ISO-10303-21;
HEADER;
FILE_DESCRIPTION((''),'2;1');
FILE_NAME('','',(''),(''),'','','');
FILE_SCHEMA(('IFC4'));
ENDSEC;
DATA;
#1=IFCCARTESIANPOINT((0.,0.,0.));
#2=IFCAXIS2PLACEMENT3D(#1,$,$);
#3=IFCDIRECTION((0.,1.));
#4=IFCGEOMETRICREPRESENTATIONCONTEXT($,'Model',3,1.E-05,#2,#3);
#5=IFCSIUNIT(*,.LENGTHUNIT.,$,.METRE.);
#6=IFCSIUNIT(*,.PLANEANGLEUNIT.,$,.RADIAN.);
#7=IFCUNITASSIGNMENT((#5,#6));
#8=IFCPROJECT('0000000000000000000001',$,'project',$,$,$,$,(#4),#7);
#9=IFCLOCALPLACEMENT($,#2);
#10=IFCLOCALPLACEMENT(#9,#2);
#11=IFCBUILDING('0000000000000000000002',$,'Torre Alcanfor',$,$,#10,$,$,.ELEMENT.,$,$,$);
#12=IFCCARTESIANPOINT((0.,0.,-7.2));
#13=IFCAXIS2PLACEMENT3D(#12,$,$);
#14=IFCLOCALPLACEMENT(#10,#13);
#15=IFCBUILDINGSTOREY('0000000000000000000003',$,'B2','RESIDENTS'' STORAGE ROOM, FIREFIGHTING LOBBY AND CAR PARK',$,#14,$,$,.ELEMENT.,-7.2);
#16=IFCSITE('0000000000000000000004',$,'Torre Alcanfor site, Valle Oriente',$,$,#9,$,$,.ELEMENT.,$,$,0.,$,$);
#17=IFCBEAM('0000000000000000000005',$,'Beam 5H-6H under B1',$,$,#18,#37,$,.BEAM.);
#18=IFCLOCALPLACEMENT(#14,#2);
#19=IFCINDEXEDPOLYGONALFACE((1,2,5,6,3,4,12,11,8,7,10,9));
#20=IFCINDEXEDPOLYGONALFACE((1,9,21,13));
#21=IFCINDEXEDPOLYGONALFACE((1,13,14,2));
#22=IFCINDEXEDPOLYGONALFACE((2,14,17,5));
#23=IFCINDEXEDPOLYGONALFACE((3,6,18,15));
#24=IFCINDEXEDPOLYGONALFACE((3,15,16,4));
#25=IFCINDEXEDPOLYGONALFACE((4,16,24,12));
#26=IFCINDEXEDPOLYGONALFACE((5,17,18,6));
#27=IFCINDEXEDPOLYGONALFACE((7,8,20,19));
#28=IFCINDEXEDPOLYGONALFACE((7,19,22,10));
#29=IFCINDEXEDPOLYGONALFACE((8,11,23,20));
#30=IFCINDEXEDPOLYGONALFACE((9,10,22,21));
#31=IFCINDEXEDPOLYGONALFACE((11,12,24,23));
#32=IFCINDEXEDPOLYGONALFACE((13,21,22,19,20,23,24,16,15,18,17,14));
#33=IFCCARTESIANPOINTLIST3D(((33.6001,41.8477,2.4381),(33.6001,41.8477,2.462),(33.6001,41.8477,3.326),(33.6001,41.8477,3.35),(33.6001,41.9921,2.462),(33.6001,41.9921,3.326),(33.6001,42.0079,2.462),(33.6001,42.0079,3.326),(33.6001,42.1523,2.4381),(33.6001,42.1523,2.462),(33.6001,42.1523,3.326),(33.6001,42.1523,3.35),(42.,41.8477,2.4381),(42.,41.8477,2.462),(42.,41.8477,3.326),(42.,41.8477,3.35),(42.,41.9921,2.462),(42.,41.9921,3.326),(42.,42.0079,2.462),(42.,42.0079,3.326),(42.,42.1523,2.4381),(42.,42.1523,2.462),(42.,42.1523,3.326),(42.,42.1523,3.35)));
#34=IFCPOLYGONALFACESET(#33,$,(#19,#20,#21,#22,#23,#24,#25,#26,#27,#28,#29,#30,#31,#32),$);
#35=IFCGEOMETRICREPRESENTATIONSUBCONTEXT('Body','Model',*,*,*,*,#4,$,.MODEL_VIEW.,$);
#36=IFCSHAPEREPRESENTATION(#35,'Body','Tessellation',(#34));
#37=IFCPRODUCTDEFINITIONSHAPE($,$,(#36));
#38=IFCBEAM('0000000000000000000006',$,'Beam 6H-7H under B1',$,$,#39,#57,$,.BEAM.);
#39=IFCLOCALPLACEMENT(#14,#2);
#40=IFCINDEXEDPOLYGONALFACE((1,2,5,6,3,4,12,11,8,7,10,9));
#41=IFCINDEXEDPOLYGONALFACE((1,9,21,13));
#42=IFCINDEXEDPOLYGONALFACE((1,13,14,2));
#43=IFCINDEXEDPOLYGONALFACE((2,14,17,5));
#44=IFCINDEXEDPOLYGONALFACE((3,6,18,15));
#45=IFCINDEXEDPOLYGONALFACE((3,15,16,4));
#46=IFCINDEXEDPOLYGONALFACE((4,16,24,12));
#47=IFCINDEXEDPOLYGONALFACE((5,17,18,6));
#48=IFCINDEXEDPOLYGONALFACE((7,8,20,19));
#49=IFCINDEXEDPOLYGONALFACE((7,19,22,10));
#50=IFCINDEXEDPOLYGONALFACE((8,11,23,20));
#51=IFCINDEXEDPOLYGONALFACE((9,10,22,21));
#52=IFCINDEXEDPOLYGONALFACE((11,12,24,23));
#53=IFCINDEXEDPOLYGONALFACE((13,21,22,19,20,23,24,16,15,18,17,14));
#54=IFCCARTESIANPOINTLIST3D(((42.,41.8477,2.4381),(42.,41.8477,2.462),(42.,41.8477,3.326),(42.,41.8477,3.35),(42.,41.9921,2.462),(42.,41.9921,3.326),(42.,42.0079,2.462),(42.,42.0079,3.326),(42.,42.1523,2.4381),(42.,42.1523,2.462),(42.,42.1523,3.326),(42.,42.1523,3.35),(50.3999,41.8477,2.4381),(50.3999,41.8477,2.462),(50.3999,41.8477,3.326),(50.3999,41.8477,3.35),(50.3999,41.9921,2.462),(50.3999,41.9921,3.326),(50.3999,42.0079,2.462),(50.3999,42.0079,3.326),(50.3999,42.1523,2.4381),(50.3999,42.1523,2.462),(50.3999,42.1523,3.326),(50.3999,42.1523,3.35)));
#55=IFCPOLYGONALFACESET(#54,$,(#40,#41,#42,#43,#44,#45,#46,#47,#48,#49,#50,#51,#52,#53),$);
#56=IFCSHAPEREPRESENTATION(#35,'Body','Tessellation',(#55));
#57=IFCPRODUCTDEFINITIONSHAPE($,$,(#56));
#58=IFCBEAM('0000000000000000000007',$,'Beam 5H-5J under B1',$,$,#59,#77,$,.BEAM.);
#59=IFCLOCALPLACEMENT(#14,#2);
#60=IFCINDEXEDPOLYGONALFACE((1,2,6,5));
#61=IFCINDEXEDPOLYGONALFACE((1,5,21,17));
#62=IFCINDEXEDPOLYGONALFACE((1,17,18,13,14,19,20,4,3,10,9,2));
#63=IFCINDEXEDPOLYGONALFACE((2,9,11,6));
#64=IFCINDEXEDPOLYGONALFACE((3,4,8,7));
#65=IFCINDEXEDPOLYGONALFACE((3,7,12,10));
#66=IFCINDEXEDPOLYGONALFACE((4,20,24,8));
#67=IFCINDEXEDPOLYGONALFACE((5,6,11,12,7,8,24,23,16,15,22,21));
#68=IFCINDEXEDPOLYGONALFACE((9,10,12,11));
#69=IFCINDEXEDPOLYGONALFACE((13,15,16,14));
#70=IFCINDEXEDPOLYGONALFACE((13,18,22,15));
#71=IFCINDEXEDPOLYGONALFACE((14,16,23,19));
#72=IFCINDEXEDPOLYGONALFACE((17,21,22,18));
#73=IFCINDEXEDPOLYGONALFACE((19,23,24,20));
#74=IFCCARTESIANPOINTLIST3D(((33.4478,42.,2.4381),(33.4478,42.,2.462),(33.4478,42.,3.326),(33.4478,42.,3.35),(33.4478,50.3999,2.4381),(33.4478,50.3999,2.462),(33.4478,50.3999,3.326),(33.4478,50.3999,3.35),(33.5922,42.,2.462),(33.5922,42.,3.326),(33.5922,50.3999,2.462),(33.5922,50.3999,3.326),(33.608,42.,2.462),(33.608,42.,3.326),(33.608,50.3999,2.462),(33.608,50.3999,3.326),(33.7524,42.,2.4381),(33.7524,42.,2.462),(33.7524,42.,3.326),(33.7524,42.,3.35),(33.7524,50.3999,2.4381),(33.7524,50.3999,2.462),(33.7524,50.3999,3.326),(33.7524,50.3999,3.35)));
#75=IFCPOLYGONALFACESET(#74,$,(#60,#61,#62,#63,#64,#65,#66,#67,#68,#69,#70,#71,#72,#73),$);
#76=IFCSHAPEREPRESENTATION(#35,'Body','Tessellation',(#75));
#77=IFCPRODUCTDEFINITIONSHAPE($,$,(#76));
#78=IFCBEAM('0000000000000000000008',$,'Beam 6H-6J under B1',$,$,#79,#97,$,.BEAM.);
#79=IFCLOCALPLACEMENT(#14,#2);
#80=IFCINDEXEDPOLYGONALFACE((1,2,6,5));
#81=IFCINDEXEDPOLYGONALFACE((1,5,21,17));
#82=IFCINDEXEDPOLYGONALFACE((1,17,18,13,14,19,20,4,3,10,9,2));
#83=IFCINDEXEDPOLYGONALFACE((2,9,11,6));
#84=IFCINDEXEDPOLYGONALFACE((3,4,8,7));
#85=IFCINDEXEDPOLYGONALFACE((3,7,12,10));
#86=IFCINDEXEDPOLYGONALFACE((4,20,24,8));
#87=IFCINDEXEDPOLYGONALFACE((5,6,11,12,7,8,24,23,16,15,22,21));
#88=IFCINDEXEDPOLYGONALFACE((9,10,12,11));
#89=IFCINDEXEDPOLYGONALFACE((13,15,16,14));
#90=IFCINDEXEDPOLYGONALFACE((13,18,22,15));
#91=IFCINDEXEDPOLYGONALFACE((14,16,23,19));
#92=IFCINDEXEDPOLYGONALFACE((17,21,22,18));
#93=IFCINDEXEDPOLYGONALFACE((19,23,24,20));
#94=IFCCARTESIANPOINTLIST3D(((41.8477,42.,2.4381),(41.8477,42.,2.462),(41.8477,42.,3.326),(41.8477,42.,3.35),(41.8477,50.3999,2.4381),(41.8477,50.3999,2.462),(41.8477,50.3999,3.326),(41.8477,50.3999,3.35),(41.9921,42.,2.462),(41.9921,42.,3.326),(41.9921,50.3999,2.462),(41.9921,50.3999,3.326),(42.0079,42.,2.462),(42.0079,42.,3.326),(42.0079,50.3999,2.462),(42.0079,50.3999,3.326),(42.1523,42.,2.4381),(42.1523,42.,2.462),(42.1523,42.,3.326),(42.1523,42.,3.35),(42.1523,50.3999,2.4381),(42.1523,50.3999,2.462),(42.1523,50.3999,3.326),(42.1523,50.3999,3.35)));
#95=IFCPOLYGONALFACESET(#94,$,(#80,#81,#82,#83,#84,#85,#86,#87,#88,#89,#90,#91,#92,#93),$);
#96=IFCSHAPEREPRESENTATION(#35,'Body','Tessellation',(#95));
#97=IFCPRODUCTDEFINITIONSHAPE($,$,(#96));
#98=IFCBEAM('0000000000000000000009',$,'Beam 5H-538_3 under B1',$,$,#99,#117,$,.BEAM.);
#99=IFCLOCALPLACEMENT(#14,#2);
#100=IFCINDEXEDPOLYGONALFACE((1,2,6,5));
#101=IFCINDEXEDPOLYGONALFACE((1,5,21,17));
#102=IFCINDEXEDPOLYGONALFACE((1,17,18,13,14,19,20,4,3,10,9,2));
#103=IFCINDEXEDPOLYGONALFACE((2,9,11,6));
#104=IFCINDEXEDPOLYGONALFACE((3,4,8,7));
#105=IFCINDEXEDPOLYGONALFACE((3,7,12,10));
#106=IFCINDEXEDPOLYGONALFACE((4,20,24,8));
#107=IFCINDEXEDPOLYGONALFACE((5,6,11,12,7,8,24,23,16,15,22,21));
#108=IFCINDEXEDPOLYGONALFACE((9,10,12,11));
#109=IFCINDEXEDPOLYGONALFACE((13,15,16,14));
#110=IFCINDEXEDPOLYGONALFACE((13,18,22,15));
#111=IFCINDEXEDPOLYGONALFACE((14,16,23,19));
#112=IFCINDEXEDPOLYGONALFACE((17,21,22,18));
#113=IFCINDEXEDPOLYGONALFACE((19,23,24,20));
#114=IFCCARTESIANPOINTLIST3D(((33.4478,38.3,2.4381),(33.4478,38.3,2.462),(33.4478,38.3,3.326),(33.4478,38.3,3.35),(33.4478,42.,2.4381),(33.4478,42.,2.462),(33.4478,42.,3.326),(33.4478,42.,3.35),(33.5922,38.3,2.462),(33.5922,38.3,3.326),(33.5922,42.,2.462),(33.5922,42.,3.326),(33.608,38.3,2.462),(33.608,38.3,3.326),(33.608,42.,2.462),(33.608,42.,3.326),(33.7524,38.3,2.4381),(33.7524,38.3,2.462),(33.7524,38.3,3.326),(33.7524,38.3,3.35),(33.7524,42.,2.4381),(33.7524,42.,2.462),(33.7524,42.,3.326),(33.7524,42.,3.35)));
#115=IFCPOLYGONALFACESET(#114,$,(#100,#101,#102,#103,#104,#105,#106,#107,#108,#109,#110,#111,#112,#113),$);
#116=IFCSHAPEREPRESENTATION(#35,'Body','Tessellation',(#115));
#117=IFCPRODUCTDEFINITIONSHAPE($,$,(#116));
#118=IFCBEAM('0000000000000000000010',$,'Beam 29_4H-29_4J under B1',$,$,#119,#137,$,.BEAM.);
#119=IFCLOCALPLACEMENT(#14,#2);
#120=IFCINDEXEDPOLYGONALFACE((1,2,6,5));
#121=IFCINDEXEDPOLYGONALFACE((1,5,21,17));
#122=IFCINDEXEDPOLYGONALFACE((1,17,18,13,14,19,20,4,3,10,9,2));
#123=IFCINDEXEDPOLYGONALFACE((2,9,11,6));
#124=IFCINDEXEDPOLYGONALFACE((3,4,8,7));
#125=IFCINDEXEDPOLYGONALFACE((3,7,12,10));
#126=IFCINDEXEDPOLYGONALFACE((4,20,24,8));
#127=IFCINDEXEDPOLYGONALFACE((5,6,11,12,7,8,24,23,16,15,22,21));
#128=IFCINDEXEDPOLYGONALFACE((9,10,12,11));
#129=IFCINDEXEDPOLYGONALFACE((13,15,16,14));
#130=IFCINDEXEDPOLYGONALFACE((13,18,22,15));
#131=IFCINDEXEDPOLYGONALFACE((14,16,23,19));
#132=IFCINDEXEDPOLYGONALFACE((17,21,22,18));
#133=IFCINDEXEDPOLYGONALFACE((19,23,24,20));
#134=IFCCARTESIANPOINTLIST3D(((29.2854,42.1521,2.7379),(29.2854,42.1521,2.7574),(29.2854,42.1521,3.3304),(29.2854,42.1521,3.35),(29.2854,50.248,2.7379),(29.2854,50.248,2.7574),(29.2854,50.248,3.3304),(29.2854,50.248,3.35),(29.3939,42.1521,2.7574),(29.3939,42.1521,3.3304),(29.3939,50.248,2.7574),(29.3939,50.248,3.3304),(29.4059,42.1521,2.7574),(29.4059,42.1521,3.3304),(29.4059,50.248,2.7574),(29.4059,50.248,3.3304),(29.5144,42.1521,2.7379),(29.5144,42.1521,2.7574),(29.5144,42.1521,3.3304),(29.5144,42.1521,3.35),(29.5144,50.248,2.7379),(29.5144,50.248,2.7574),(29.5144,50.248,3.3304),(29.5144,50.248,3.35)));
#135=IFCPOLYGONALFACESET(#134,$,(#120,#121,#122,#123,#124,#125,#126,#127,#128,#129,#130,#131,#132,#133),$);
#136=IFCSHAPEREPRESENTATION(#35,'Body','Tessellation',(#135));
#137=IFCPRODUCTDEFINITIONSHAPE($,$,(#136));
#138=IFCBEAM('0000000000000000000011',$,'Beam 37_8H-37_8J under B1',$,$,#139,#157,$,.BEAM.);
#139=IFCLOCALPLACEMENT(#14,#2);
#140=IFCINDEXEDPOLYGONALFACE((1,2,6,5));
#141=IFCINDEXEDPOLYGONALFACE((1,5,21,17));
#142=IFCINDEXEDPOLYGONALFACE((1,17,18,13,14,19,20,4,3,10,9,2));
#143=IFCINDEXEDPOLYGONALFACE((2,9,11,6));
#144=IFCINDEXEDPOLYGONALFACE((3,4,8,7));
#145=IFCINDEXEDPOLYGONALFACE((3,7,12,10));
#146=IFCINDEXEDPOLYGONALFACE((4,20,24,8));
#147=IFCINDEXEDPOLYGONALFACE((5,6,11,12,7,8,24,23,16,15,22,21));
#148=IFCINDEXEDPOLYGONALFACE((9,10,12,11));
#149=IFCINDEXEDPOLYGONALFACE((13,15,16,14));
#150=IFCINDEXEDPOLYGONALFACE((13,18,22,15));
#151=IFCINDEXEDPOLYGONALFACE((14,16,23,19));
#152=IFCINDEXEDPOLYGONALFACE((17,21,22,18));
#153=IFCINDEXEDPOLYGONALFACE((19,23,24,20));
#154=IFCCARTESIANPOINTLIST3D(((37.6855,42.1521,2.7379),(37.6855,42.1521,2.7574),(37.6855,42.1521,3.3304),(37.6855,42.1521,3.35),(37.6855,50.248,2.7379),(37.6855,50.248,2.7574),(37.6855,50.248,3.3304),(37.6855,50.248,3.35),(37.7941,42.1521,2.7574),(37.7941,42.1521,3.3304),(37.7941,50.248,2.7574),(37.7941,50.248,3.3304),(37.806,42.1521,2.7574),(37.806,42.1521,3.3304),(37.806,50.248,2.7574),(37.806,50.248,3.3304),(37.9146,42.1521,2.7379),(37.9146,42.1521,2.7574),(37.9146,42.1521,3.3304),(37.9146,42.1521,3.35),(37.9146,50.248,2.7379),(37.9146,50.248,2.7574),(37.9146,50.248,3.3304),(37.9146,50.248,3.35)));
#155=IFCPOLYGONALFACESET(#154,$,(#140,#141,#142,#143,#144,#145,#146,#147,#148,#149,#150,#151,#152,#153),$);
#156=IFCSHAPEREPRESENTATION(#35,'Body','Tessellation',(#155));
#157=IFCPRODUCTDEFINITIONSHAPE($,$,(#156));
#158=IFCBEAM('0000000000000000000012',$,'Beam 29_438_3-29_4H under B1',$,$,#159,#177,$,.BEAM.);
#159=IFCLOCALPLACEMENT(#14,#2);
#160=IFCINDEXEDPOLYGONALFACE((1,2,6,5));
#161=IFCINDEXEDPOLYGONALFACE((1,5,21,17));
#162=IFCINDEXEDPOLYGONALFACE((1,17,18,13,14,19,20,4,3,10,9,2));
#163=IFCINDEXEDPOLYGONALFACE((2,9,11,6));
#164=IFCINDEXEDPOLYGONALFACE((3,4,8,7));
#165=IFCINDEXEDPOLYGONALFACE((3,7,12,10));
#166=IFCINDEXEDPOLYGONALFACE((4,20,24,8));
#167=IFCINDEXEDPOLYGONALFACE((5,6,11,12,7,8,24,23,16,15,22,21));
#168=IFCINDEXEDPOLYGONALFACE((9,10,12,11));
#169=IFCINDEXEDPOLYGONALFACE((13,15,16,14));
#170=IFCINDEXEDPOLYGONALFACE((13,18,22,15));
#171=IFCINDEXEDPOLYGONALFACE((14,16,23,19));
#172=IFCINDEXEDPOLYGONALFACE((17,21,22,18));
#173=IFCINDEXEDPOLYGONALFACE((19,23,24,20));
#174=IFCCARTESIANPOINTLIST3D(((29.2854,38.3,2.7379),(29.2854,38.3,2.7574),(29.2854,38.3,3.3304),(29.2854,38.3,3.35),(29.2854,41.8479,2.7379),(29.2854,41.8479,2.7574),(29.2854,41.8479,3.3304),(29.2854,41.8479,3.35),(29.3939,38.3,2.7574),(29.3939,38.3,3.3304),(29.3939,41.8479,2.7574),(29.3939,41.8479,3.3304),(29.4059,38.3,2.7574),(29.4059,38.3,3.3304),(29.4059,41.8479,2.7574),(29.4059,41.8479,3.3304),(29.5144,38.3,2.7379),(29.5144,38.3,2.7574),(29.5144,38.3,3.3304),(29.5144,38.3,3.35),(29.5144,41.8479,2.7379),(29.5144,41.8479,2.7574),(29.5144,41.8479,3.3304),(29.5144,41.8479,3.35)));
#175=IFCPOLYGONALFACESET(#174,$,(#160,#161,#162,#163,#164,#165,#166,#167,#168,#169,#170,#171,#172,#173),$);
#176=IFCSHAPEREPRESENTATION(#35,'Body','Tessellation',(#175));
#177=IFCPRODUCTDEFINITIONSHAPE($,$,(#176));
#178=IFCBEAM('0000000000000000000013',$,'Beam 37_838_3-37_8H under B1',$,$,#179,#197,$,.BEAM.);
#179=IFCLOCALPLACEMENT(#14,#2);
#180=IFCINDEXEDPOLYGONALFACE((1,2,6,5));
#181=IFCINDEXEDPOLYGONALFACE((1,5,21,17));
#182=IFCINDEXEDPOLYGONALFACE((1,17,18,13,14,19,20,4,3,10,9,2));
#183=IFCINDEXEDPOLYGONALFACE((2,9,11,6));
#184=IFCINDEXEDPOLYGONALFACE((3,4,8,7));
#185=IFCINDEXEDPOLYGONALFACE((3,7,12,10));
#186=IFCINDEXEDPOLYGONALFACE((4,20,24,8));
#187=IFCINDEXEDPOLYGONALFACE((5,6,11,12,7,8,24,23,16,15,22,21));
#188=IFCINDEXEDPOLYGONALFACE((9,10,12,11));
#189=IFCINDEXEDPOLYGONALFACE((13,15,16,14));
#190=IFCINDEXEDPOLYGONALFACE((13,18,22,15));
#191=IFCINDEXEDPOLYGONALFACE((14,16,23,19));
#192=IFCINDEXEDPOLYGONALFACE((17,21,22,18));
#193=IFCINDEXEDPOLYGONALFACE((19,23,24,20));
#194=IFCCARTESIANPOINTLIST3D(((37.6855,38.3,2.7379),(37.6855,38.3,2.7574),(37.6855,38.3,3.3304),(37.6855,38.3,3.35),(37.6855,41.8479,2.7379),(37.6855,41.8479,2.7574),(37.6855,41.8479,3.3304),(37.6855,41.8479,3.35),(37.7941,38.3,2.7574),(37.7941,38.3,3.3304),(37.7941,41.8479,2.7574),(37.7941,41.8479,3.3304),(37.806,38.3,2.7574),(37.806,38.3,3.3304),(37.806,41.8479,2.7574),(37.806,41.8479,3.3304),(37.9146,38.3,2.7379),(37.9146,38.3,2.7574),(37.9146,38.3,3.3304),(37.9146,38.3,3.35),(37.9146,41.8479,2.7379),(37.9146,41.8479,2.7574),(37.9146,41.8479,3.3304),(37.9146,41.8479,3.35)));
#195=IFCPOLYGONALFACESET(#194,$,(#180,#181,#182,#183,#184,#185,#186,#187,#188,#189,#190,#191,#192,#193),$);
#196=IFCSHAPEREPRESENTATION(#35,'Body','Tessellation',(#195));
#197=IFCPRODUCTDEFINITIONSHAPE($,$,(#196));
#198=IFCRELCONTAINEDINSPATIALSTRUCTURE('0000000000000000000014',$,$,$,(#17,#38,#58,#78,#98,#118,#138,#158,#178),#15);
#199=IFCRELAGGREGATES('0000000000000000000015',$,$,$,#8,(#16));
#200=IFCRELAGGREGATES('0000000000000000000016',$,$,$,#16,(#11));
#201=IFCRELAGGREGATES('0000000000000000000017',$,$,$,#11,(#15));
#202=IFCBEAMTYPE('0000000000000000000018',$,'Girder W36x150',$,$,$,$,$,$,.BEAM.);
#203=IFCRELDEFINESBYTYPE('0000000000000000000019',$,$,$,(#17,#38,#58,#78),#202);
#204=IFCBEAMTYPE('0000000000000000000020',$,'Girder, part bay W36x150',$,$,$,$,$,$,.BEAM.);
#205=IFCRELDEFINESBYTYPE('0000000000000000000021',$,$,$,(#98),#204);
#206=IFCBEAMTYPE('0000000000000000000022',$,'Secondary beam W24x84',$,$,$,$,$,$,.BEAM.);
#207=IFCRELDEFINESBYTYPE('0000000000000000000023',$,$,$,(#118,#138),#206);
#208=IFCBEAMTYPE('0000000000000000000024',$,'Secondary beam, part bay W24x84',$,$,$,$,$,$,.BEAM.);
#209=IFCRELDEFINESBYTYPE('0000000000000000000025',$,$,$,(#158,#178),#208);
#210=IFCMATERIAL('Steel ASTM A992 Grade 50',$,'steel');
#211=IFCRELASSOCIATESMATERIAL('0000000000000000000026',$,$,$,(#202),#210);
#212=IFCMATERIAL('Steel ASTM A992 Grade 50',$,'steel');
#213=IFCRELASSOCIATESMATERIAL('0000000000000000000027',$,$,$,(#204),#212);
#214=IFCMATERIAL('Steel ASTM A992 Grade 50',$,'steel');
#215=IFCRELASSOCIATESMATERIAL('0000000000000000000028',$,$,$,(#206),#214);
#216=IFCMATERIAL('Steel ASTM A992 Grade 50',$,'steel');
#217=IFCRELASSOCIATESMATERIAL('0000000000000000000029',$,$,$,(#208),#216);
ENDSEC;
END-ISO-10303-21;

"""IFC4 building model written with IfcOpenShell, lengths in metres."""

from ifc_helpers import new_model, si_unit, direction, frame, origin, origin_2d, place, context, subcontext, project, spatial, i_section, extrude, material, material_profile, profile_set, type_object, element, save


model = new_model("IFC4")

# Units and contexts
model_context = context("Model", 3, precision=1e-05, world=origin(), true_north=direction((0.0, 1.0)))
body_context = subcontext(model_context, "Body", "Model", "MODEL_VIEW")
ifc_project = project(units=[si_unit("LENGTHUNIT", "METRE"), si_unit("PLANEANGLEUNIT", "RADIAN")], contexts=[model_context])

# Site, building, storey
site_placement = place(None, origin())
site = spatial("IfcSite", under=ifc_project, at=site_placement, Name="Torre Alcanfor site, Valle Oriente", CompositionType="ELEMENT", RefElevation=0.0)
building_placement = place(site_placement, origin())
building = spatial("IfcBuilding", under=site, at=building_placement, Name="Torre Alcanfor", CompositionType="ELEMENT")
storey_placement = place(building_placement, frame((0.0, 0.0, -7.2)))
storey = spatial("IfcBuildingStorey", under=building, at=storey_placement, Name="B2", Description="RESIDENTS' STORAGE ROOM, FIREFIGHTING LOBBY AND CAR PARK", CompositionType="ELEMENT", Elevation=-7.2)

# Beams
ifc_material_1 = material(Name="Steel ASTM A992 Grade 50", Category="steel")
ifc_material_profile_1 = material_profile(ifc_material_1, i_section(OverallWidth=0.3047, OverallDepth=0.9119, WebThickness=0.0159, FlangeThickness=0.0239, at=origin_2d()), Name="W36x150")
ifc_profile_set_1 = profile_set([ifc_material_profile_1], Name="Steel ASTM A992 Grade 50")
beam_type_1 = type_object("IfcBeamType", Name="Girder W36x150", PredefinedType="BEAM", material=ifc_profile_set_1)
for number, where, z_axis, x_axis, name in (
    (1, (33.6001, 42.0, 2.894), (1.0, 0.0, 0.0), (0.0, 1.0, 0.0), "Beam 5H-6H under B1"),
    (2, (42.0, 42.0, 2.894), (1.0, 0.0, 0.0), (0.0, 1.0, 0.0), "Beam 6H-7H under B1"),
    (3, (33.6001, 42.0, 2.894), (0.0, 1.0, 0.0), (-1.0, 0.0, 0.0), "Beam 5H-5J under B1"),
    (4, (42.0, 42.0, 2.894), (0.0, 1.0, 0.0), (-1.0, 0.0, 0.0), "Beam 6H-6J under B1"),
):
    element("IfcBeam", number, at=place(storey_placement, frame(where, z_axis=z_axis, x_axis=x_axis)), inside=storey, type_object=beam_type_1, Name=name, PredefinedType="BEAM", context=body_context, shape_type="SweptSolid", body=[
        extrude(i_section(OverallWidth=0.3047, OverallDepth=0.9119, WebThickness=0.0159, FlangeThickness=0.0239, at=origin_2d()), origin(), (0.0, 0.0, 1.0), 8.3999),
    ])
ifc_material_2 = material(Name="Steel ASTM A992 Grade 50", Category="steel")
ifc_material_profile_2 = material_profile(ifc_material_2, i_section(OverallWidth=0.3047, OverallDepth=0.9119, WebThickness=0.0159, FlangeThickness=0.0239, at=origin_2d()), Name="W36x150")
ifc_profile_set_2 = profile_set([ifc_material_profile_2], Name="Steel ASTM A992 Grade 50")
beam_type_2 = type_object("IfcBeamType", Name="Girder, part bay W36x150", PredefinedType="BEAM", material=ifc_profile_set_2)
beam_placement = place(storey_placement, frame((33.6001, 42.0, 2.894), z_axis=(0.0, -1.0, 0.0), x_axis=(1.0, 0.0, 0.0)))
element("IfcBeam", 5, at=beam_placement, inside=storey, type_object=beam_type_2, Name="Beam 5H-538_3 under B1", PredefinedType="BEAM", context=body_context, shape_type="SweptSolid", body=[
    extrude(i_section(OverallWidth=0.3047, OverallDepth=0.9119, WebThickness=0.0159, FlangeThickness=0.0239, at=origin_2d()), origin(), (0.0, 0.0, 1.0), 3.7),
])
ifc_material_3 = material(Name="Steel ASTM A992 Grade 50", Category="steel")
ifc_material_profile_3 = material_profile(ifc_material_3, i_section(OverallWidth=0.229, OverallDepth=0.6121, WebThickness=0.012, FlangeThickness=0.0195, at=origin_2d()), Name="W24x84")
ifc_profile_set_3 = profile_set([ifc_material_profile_3], Name="Steel ASTM A992 Grade 50")
beam_type_3 = type_object("IfcBeamType", Name="Secondary beam W24x84", PredefinedType="BEAM", material=ifc_profile_set_3)
for number, where, z_axis, x_axis, name in (
    (6, (29.3999, 42.1521, 3.0439), (0.0, 1.0, 0.0), (-1.0, 0.0, 0.0), "Beam 29_4H-29_4J under B1"),
    (7, (37.8, 42.1521, 3.0439), (0.0, 1.0, 0.0), (-1.0, 0.0, 0.0), "Beam 37_8H-37_8J under B1"),
):
    element("IfcBeam", number, at=place(storey_placement, frame(where, z_axis=z_axis, x_axis=x_axis)), inside=storey, type_object=beam_type_3, Name=name, PredefinedType="BEAM", context=body_context, shape_type="SweptSolid", body=[
        extrude(i_section(OverallWidth=0.229, OverallDepth=0.6121, WebThickness=0.012, FlangeThickness=0.0195, at=origin_2d()), origin(), (0.0, 0.0, 1.0), 8.0959),
    ])
ifc_material_4 = material(Name="Steel ASTM A992 Grade 50", Category="steel")
ifc_material_profile_4 = material_profile(ifc_material_4, i_section(OverallWidth=0.229, OverallDepth=0.6121, WebThickness=0.012, FlangeThickness=0.0195, at=origin_2d()), Name="W24x84")
ifc_profile_set_4 = profile_set([ifc_material_profile_4], Name="Steel ASTM A992 Grade 50")
beam_type_4 = type_object("IfcBeamType", Name="Secondary beam, part bay W24x84", PredefinedType="BEAM", material=ifc_profile_set_4)
for number, where, z_axis, x_axis, name in (
    (8, (29.3999, 38.3, 3.0439), (0.0, 1.0, 0.0), (-1.0, 0.0, 0.0), "Beam 29_438_3-29_4H under B1"),
    (9, (37.8, 38.3, 3.0439), (0.0, 1.0, 0.0), (-1.0, 0.0, 0.0), "Beam 37_838_3-37_8H under B1"),
):
    element("IfcBeam", number, at=place(storey_placement, frame(where, z_axis=z_axis, x_axis=x_axis)), inside=storey, type_object=beam_type_4, Name=name, PredefinedType="BEAM", context=body_context, shape_type="SweptSolid", body=[
        extrude(i_section(OverallWidth=0.229, OverallDepth=0.6121, WebThickness=0.012, FlangeThickness=0.0195, at=origin_2d()), origin(), (0.0, 0.0, 1.0), 3.5479),
    ])

save(model, "model.ifc")
